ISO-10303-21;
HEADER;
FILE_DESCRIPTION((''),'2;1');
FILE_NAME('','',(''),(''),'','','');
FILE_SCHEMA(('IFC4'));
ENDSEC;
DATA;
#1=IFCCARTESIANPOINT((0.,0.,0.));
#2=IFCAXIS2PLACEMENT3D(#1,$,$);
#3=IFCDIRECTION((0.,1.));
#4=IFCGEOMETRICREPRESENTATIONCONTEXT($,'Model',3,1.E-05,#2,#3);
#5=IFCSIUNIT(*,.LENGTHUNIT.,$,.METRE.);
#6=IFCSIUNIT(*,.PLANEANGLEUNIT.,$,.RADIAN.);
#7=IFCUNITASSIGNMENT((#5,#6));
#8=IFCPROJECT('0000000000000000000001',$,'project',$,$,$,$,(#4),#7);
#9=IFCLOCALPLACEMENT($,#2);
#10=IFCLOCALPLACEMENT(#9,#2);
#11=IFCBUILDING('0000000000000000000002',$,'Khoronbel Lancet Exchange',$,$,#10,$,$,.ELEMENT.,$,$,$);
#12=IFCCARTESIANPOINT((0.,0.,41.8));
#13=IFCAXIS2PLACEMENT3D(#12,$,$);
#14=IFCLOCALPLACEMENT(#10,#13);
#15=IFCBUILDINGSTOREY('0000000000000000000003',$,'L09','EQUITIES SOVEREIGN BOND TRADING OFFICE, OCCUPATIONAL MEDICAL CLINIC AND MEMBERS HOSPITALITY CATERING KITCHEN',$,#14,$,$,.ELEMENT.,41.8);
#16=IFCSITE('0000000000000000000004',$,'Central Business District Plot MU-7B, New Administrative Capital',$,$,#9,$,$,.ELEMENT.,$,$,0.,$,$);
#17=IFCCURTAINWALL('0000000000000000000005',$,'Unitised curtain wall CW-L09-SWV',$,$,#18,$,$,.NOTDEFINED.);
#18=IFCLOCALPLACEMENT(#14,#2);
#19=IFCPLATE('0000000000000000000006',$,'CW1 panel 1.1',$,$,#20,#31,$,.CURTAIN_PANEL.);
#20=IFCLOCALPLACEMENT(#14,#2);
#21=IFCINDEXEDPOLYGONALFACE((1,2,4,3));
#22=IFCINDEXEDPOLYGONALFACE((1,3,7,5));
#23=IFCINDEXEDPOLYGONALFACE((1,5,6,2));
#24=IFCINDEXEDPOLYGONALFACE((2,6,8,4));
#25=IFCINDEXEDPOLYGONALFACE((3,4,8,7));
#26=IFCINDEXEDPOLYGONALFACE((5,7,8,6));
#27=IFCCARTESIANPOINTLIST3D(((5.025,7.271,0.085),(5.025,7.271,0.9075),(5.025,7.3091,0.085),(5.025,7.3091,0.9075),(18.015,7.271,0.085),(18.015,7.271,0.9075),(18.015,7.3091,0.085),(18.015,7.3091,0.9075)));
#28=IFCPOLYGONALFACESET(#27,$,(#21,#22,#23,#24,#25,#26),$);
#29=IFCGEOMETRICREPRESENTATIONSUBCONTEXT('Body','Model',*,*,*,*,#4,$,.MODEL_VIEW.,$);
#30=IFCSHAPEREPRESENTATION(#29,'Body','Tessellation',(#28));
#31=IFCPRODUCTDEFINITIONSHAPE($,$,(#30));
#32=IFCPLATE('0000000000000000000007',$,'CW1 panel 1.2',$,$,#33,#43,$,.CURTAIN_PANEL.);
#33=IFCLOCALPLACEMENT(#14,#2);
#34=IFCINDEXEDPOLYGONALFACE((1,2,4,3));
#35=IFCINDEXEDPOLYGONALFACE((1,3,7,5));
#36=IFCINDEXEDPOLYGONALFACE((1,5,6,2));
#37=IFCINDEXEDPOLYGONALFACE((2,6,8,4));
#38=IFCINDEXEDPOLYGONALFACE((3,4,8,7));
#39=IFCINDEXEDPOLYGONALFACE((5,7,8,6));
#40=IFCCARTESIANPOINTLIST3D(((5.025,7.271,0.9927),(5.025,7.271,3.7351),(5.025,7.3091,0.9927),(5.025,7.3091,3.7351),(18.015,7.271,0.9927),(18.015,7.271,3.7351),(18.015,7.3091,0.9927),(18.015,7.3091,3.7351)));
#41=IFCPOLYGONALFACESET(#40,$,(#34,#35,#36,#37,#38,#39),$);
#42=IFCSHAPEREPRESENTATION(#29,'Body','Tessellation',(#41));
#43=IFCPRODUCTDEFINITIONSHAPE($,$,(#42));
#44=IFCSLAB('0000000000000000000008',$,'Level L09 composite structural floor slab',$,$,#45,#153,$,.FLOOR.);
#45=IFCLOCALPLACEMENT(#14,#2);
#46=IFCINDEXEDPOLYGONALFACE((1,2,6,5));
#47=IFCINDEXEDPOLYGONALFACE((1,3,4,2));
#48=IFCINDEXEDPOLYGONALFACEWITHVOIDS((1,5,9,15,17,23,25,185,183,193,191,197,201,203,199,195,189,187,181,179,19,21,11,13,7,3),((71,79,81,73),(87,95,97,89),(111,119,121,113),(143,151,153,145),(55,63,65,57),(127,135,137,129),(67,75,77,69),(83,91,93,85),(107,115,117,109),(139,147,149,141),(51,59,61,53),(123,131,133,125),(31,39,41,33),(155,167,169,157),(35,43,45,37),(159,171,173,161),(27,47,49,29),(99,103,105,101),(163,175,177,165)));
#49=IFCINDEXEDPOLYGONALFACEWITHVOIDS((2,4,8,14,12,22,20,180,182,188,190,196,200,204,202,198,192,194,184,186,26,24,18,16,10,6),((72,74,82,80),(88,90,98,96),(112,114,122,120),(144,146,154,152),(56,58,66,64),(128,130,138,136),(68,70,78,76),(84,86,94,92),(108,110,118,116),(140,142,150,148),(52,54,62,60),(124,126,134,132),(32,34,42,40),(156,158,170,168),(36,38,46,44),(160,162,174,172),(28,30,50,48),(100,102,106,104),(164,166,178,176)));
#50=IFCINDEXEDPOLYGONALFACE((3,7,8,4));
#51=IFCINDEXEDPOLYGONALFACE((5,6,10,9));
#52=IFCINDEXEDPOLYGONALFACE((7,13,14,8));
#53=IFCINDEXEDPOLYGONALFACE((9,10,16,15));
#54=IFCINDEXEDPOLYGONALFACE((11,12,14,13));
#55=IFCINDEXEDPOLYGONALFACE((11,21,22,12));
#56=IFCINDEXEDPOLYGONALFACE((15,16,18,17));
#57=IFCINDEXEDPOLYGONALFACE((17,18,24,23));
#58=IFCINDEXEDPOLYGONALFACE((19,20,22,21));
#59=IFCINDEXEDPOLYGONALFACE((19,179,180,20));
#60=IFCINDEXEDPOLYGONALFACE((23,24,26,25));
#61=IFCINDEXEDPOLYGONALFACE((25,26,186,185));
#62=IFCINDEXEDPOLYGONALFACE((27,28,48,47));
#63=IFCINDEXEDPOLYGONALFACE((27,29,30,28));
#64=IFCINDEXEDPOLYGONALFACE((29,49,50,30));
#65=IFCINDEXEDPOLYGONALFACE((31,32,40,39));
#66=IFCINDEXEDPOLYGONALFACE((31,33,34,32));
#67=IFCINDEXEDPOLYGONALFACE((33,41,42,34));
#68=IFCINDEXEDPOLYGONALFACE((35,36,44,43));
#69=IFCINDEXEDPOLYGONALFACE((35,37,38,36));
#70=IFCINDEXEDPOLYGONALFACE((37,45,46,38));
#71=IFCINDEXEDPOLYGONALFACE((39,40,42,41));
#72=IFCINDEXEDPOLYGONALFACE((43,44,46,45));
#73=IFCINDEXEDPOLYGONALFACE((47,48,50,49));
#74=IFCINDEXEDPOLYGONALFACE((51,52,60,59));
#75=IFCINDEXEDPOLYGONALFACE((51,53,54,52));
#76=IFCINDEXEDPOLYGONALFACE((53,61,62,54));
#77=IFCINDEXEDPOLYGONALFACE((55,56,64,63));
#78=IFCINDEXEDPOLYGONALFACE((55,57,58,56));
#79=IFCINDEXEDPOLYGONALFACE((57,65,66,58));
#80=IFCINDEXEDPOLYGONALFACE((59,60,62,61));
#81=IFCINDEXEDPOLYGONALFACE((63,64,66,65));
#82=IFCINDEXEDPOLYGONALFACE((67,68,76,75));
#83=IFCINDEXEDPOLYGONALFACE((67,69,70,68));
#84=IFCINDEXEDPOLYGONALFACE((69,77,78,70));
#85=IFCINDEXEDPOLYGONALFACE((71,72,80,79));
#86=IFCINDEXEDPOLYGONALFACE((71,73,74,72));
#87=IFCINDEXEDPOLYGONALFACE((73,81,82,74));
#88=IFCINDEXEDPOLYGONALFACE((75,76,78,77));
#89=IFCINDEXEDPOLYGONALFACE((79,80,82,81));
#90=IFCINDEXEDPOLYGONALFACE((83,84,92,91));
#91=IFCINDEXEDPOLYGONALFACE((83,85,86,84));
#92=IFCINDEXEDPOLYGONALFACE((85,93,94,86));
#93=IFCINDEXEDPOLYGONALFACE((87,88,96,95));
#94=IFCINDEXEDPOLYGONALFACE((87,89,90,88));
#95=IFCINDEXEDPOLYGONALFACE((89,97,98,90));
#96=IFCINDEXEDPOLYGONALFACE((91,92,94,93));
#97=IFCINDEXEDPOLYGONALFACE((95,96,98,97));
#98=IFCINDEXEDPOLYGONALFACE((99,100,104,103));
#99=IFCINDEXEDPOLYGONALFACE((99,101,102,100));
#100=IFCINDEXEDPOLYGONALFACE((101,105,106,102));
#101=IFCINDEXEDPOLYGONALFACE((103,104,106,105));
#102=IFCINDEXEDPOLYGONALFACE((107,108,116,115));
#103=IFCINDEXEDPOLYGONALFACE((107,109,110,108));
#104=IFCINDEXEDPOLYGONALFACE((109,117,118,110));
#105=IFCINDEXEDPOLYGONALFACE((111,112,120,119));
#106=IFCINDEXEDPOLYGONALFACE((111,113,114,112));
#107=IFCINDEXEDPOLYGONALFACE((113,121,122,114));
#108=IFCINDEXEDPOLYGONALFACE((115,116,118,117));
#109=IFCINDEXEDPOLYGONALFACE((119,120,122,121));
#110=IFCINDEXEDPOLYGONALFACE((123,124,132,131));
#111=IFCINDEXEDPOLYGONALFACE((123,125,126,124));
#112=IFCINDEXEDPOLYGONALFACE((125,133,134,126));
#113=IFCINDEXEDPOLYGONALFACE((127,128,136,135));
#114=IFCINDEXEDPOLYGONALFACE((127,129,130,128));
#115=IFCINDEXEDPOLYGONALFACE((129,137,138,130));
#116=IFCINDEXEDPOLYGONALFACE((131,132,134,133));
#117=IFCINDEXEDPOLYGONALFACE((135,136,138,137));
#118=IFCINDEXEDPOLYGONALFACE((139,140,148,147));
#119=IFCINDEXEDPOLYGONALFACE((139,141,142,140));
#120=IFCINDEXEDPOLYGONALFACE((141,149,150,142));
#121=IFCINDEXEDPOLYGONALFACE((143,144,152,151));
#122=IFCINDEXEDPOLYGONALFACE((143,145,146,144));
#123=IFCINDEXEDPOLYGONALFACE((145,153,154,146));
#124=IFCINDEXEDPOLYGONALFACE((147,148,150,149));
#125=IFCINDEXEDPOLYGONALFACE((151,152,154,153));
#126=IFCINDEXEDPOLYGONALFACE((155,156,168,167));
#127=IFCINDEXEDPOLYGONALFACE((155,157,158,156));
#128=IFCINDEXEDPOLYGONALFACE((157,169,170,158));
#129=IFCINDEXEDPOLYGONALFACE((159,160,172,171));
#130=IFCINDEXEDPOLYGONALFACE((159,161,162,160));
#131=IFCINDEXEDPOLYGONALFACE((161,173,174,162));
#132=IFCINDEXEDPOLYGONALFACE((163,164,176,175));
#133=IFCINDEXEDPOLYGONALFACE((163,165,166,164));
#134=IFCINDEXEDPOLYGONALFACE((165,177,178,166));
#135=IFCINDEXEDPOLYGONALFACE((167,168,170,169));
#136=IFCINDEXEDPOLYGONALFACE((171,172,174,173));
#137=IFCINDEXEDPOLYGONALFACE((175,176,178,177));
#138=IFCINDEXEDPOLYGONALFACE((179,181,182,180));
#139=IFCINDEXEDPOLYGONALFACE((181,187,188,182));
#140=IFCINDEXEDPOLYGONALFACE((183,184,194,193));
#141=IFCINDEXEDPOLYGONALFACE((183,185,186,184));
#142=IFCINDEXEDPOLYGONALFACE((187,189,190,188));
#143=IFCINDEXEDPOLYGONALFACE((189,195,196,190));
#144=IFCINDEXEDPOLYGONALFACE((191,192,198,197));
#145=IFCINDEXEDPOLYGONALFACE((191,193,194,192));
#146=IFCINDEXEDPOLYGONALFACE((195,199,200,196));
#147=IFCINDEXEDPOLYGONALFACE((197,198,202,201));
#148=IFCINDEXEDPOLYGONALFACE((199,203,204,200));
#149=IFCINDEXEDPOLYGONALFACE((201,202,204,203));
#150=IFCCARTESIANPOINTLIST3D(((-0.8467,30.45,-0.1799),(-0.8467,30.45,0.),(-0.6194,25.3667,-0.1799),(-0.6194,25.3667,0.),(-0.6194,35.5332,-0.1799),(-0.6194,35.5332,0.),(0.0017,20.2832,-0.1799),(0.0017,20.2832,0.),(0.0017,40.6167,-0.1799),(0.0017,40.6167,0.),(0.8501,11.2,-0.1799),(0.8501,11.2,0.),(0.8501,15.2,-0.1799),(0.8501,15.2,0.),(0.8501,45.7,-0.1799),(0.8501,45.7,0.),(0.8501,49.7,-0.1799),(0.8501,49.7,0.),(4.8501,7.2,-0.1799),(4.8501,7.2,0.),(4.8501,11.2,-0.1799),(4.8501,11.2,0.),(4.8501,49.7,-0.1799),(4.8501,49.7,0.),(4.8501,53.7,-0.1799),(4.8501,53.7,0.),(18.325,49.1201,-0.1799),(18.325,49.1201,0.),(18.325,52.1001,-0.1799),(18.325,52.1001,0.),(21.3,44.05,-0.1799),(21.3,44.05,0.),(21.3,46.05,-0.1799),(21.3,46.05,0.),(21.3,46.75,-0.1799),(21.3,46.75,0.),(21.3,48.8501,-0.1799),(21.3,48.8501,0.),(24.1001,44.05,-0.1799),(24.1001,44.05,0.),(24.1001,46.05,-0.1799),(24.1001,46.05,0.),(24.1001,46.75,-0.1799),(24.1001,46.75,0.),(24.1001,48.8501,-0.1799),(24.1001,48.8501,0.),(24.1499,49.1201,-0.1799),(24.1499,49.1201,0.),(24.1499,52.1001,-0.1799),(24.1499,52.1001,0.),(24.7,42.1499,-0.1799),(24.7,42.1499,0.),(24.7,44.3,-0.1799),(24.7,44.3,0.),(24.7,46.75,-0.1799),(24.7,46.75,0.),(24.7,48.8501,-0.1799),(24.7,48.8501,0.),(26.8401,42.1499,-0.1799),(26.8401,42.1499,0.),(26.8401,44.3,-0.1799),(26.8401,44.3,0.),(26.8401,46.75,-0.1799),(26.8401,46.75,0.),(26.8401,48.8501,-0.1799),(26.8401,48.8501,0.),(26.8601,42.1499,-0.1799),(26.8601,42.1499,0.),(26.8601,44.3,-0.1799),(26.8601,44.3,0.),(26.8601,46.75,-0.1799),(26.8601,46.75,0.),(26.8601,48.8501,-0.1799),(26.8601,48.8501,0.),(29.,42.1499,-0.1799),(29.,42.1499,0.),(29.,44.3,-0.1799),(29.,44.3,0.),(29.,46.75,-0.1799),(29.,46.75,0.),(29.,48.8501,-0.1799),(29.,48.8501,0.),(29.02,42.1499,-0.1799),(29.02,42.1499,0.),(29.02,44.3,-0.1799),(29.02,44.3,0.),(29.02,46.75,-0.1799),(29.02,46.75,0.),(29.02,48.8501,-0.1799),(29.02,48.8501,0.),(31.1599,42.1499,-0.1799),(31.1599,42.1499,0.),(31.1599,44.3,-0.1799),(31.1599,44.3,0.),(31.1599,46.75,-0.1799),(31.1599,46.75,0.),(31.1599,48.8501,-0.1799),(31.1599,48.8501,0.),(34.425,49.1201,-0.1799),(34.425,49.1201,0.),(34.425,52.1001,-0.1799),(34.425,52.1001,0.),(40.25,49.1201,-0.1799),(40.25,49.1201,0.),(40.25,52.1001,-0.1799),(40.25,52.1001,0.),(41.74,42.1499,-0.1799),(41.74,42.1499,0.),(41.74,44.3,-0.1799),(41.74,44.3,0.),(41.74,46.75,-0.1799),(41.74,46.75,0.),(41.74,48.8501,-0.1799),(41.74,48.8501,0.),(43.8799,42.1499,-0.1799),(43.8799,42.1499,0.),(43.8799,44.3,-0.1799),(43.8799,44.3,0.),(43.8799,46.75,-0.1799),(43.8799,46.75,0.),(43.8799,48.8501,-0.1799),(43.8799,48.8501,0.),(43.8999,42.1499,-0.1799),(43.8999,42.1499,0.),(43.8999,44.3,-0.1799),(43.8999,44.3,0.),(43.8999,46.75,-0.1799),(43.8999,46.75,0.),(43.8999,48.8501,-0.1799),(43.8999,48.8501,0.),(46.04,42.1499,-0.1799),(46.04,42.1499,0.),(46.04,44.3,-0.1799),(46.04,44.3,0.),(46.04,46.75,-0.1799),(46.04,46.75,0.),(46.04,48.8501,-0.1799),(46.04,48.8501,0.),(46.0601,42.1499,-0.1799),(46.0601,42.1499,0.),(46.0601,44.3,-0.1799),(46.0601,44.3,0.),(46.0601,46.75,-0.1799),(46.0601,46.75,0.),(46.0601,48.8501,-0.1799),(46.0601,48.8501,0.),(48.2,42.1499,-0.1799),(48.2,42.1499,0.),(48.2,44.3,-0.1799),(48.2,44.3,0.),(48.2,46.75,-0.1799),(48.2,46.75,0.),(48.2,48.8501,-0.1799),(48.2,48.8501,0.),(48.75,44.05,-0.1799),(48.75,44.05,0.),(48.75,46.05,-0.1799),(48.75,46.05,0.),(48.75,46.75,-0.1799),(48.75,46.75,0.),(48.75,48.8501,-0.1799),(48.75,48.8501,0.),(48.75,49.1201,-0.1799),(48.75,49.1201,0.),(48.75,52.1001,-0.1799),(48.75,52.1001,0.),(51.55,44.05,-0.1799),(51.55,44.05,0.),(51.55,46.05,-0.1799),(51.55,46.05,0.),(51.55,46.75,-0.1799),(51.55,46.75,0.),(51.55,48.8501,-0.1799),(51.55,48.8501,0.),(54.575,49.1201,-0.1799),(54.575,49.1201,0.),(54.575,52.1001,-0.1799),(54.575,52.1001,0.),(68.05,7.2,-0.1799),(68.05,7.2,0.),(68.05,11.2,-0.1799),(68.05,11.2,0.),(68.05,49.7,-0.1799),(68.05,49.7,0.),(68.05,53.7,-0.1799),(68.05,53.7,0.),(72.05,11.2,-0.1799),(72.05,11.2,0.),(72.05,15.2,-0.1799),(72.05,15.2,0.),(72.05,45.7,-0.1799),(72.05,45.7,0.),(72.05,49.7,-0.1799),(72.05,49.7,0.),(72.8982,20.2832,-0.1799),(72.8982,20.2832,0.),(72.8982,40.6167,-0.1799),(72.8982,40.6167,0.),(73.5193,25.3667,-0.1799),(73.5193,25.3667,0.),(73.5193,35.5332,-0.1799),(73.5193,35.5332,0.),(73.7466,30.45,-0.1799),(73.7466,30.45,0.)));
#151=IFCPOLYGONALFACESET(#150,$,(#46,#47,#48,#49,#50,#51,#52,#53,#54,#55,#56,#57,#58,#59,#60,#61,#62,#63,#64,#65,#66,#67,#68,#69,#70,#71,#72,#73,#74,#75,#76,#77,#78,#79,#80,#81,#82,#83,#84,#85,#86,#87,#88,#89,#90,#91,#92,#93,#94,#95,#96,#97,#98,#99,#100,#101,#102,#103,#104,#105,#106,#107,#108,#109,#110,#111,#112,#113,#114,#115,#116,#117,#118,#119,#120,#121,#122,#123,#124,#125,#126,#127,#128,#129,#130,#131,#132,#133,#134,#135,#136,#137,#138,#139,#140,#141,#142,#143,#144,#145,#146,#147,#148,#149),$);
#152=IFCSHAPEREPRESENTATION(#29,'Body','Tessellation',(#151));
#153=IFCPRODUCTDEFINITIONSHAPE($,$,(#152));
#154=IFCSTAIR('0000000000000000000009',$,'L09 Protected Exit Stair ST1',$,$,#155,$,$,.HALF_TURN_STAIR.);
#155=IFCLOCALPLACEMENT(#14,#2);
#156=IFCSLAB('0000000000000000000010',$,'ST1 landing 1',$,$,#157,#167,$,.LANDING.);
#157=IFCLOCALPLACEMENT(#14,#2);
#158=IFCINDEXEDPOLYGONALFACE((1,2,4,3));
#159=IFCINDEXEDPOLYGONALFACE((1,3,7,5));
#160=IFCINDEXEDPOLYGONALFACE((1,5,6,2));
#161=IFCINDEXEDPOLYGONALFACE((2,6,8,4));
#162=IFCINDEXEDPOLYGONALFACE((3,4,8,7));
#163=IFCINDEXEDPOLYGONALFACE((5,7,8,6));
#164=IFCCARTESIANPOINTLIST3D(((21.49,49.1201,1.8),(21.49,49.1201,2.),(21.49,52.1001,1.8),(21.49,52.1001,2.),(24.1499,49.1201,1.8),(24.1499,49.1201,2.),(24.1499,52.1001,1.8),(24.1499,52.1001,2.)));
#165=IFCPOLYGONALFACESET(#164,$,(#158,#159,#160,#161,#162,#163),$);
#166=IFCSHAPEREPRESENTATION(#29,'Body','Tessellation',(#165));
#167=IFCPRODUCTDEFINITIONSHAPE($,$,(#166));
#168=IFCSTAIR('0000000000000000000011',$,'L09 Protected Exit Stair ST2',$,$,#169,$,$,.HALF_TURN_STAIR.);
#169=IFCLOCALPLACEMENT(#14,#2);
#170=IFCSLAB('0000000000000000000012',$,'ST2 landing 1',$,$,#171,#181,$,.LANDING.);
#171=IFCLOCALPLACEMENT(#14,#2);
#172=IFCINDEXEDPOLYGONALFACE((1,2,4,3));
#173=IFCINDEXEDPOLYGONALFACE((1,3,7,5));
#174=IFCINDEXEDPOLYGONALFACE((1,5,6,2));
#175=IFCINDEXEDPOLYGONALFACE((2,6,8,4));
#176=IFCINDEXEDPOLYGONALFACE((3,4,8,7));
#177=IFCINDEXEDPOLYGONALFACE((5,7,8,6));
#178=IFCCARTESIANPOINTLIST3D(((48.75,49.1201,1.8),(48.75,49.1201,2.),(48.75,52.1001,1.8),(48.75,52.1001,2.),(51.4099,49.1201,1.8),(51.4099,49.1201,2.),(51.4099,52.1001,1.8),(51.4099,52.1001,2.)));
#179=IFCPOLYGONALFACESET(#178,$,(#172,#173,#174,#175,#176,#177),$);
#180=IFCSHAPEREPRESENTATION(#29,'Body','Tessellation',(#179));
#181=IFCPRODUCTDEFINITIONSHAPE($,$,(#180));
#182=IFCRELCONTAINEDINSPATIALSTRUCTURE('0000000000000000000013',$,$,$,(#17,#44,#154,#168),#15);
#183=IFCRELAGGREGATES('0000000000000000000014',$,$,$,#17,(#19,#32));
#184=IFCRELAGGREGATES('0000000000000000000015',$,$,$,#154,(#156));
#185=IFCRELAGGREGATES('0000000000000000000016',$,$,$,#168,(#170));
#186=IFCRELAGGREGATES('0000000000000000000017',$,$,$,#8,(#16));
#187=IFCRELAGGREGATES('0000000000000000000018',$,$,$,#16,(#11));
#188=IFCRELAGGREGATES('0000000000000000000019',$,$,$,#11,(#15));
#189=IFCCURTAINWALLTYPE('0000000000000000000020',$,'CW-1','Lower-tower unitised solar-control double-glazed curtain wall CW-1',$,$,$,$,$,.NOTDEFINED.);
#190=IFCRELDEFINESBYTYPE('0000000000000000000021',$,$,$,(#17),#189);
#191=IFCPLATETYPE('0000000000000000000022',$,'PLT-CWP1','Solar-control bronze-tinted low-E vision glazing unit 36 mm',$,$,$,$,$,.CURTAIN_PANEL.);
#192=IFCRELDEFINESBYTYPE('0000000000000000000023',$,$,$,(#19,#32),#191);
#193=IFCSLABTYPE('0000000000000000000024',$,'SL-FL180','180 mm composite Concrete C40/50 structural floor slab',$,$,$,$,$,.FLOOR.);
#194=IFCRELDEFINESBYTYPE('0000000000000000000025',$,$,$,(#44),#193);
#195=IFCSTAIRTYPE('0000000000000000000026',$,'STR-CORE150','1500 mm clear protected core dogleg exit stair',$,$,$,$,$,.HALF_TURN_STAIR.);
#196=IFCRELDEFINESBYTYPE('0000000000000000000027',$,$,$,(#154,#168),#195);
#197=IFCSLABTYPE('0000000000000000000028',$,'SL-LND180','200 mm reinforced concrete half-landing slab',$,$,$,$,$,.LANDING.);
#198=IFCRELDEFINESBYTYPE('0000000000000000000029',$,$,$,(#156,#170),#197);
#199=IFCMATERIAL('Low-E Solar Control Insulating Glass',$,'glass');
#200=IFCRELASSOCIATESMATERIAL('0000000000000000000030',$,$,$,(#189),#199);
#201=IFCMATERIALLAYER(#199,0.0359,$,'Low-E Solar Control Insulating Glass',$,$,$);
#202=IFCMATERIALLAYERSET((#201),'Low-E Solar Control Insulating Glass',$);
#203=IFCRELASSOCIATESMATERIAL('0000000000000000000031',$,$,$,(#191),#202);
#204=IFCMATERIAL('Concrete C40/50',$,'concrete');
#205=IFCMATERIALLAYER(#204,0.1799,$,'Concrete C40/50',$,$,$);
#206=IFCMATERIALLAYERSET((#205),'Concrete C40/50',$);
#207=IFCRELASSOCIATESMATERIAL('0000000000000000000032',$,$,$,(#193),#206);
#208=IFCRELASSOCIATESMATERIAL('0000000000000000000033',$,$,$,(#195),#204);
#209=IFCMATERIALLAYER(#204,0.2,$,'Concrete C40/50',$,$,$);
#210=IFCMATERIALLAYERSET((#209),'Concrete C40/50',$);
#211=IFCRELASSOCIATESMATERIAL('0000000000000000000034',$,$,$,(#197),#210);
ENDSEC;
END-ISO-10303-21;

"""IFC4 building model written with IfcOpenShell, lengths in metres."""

from ifc_helpers import new_model, si_unit, direction, frame, origin, origin_2d, place, context, subcontext, project, spatial, polyline, rectangle, outline, extrude, material, layer, layer_set, type_object, element, aggregate, save


model = new_model("IFC4")

# Units and contexts
model_context = context("Model", 3, precision=1e-05, world=origin(), true_north=direction((0.0, 1.0)))
body_context = subcontext(model_context, "Body", "Model", "MODEL_VIEW")
ifc_project = project(units=[si_unit("LENGTHUNIT", "METRE"), si_unit("PLANEANGLEUNIT", "RADIAN")], contexts=[model_context])

# Site, building, storey
site_placement = place(None, origin())
site = spatial("IfcSite", under=ifc_project, at=site_placement, Name="Central Business District Plot MU-7B, New Administrative Capital", CompositionType="ELEMENT", RefElevation=0.0)
building_placement = place(site_placement, origin())
building = spatial("IfcBuilding", under=site, at=building_placement, Name="Khoronbel Lancet Exchange", CompositionType="ELEMENT")
storey_placement = place(building_placement, frame((0.0, 0.0, 41.8)))
storey = spatial("IfcBuildingStorey", under=building, at=storey_placement, Name="L09", Description="EQUITIES SOVEREIGN BOND TRADING OFFICE, OCCUPATIONAL MEDICAL CLINIC AND MEMBERS HOSPITALITY CATERING KITCHEN", CompositionType="ELEMENT", Elevation=41.8)

# Curtain wall
ifc_material_1 = material(Name="Low-E Solar Control Insulating Glass", Category="glass")
curtain_wall_type = type_object("IfcCurtainWallType", Name="CW-1", Description="Lower-tower unitised solar-control double-glazed curtain wall CW-1", PredefinedType="NOTDEFINED", material=ifc_material_1)
curtain_wall_1_placement = place(storey_placement, origin())
curtain_wall_1 = element("IfcCurtainWall", 1, at=curtain_wall_1_placement, inside=storey, type_object=curtain_wall_type, Name="Unitised curtain wall CW-L09-SWV", PredefinedType="NOTDEFINED")

# Plates
ifc_layer_1 = layer(ifc_material_1, 0.0359, Name="Low-E Solar Control Insulating Glass")
ifc_layer_set_1 = layer_set([ifc_layer_1], Name="Low-E Solar Control Insulating Glass")
plate_type = type_object("IfcPlateType", Name="PLT-CWP1", Description="Solar-control bronze-tinted low-E vision glazing unit 36 mm", PredefinedType="CURTAIN_PANEL", material=ifc_layer_set_1)
plate_1_placement = place(storey_placement, frame((11.52, 7.29, 0.085), z_axis=(0.0, 0.0, 1.0), x_axis=(1.0, 0.0, 0.0)))
plate_1 = element("IfcPlate", 2, at=plate_1_placement, type_object=plate_type, Name="CW1 panel 1.1", PredefinedType="CURTAIN_PANEL", context=body_context, shape_type="SweptSolid", body=[
    extrude(rectangle(XDim=12.99, YDim=0.0381, at=origin_2d()), origin(), (0.0, 0.0, 1.0), 0.8225),
])
plate_2_placement = place(storey_placement, frame((11.52, 7.29, 0.9927), z_axis=(0.0, 0.0, 1.0), x_axis=(1.0, 0.0, 0.0)))
plate_2 = element("IfcPlate", 3, at=plate_2_placement, type_object=plate_type, Name="CW1 panel 1.2", PredefinedType="CURTAIN_PANEL", context=body_context, shape_type="SweptSolid", body=[
    extrude(rectangle(XDim=12.99, YDim=0.0381, at=origin_2d()), origin(), (0.0, 0.0, 1.0), 2.7424),
])
aggregate(curtain_wall_1, [plate_1, plate_2])

# Slab
ifc_material_2 = material(Name="Concrete C40/50", Category="concrete")
ifc_layer_2 = layer(ifc_material_2, 0.1799, Name="Concrete C40/50")
ifc_layer_set_2 = layer_set([ifc_layer_2], Name="Concrete C40/50")
slab_type_1 = type_object("IfcSlabType", Name="SL-FL180", Description="180 mm composite Concrete C40/50 structural floor slab", PredefinedType="FLOOR", material=ifc_layer_set_2)
slab_1_placement = place(storey_placement, frame((0.0, 0.0, -0.1799)))
element("IfcSlab", 4, at=slab_1_placement, inside=storey, type_object=slab_type_1, Name="Level L09 composite structural floor slab", PredefinedType="FLOOR", context=body_context, shape_type="SweptSolid", body=[
    extrude(outline(polyline([(4.8501, 7.2), (68.05, 7.2), (68.05, 11.2), (72.05, 11.2), (72.05, 15.2), (72.8982, 20.2832), (73.5193, 25.3667), (73.7466, 30.45), (73.5193, 35.5332), (72.8982, 40.6167), (72.05, 45.7), (72.05, 49.7), (68.05, 49.7), (68.05, 53.7), (4.8501, 53.7), (4.8501, 49.7), (0.8501, 49.7), (0.8501, 45.7), (0.0017, 40.6167), (-0.6194, 35.5332), (-0.8467, 30.45), (-0.6194, 25.3667), (0.0017, 20.2832), (0.8501, 15.2), (0.8501, 11.2), (4.8501, 11.2), (4.8501, 7.2)]), holes=[polyline([(18.325, 49.1201), (24.1499, 49.1201), (24.1499, 52.1001), (18.325, 52.1001), (18.325, 49.1201)]), polyline([(48.75, 49.1201), (54.575, 49.1201), (54.575, 52.1001), (48.75, 52.1001), (48.75, 49.1201)]), polyline([(34.425, 49.1201), (40.25, 49.1201), (40.25, 52.1001), (34.425, 52.1001), (34.425, 49.1201)]), polyline([(24.7, 46.75), (26.8401, 46.75), (26.8401, 48.8501), (24.7, 48.8501), (24.7, 46.75)]), polyline([(26.8601, 46.75), (29.0, 46.75), (29.0, 48.8501), (26.8601, 48.8501), (26.8601, 46.75)]), polyline([(29.02, 46.75), (31.1599, 46.75), (31.1599, 48.8501), (29.02, 48.8501), (29.02, 46.75)]), polyline([(24.7, 42.1499), (26.8401, 42.1499), (26.8401, 44.3), (24.7, 44.3), (24.7, 42.1499)]), polyline([(26.8601, 42.1499), (29.0, 42.1499), (29.0, 44.3), (26.8601, 44.3), (26.8601, 42.1499)]), polyline([(29.02, 42.1499), (31.1599, 42.1499), (31.1599, 44.3), (29.02, 44.3), (29.02, 42.1499)]), polyline([(41.74, 46.75), (43.8799, 46.75), (43.8799, 48.8501), (41.74, 48.8501), (41.74, 46.75)]), polyline([(43.8999, 46.75), (46.04, 46.75), (46.04, 48.8501), (43.8999, 48.8501), (43.8999, 46.75)]), polyline([(46.0601, 46.75), (48.2, 46.75), (48.2, 48.8501), (46.0601, 48.8501), (46.0601, 46.75)]), polyline([(41.74, 42.1499), (43.8799, 42.1499), (43.8799, 44.3), (41.74, 44.3), (41.74, 42.1499)]), polyline([(43.8999, 42.1499), (46.04, 42.1499), (46.04, 44.3), (43.8999, 44.3), (43.8999, 42.1499)]), polyline([(46.0601, 42.1499), (48.2, 42.1499), (48.2, 44.3), (46.0601, 44.3), (46.0601, 42.1499)]), polyline([(21.3, 46.75), (24.1001, 46.75), (24.1001, 48.8501), (21.3, 48.8501), (21.3, 46.75)]), polyline([(48.75, 46.75), (51.55, 46.75), (51.55, 48.8501), (48.75, 48.8501), (48.75, 46.75)]), polyline([(21.3, 44.05), (24.1001, 44.05), (24.1001, 46.05), (21.3, 46.05), (21.3, 44.05)]), polyline([(48.75, 44.05), (51.55, 44.05), (51.55, 46.05), (48.75, 46.05), (48.75, 44.05)])]), origin(), (0.0, 0.0, 1.0), 0.1799),
])

# Stairs, slabs
stair_type = type_object("IfcStairType", Name="STR-CORE150", Description="1500 mm clear protected core dogleg exit stair", PredefinedType="HALF_TURN_STAIR", material=ifc_material_2)
stair_1_placement = place(storey_placement, origin())
stair_1 = element("IfcStair", 5, at=stair_1_placement, inside=storey, type_object=stair_type, Name="L09 Protected Exit Stair ST1", PredefinedType="HALF_TURN_STAIR")
ifc_layer_3 = layer(ifc_material_2, 0.2, Name="Concrete C40/50")
ifc_layer_set_3 = layer_set([ifc_layer_3], Name="Concrete C40/50")
slab_type_2 = type_object("IfcSlabType", Name="SL-LND180", Description="200 mm reinforced concrete half-landing slab", PredefinedType="LANDING", material=ifc_layer_set_3)
slab_2_placement = place(storey_placement, frame((0.0, 0.0, 1.8)))
slab_2 = element("IfcSlab", 6, at=slab_2_placement, type_object=slab_type_2, Name="ST1 landing 1", PredefinedType="LANDING", context=body_context, shape_type="SweptSolid", body=[
    extrude(outline(polyline([(21.49, 49.1201), (24.1499, 49.1201), (24.1499, 52.1001), (21.49, 52.1001), (21.49, 49.1201)])), origin(), (0.0, 0.0, 1.0), 0.2),
])
aggregate(stair_1, [slab_2])
stair_2_placement = place(storey_placement, origin())
stair_2 = element("IfcStair", 7, at=stair_2_placement, inside=storey, type_object=stair_type, Name="L09 Protected Exit Stair ST2", PredefinedType="HALF_TURN_STAIR")
slab_3_placement = place(storey_placement, frame((0.0, 0.0, 1.8)))
slab_3 = element("IfcSlab", 8, at=slab_3_placement, type_object=slab_type_2, Name="ST2 landing 1", PredefinedType="LANDING", context=body_context, shape_type="SweptSolid", body=[
    extrude(outline(polyline([(51.4099, 52.1001), (48.75, 52.1001), (48.75, 49.1201), (51.4099, 49.1201), (51.4099, 52.1001)])), origin(), (0.0, 0.0, 1.0), 0.2),
])
aggregate(stair_2, [slab_3])

save(model, "model.ifc")
